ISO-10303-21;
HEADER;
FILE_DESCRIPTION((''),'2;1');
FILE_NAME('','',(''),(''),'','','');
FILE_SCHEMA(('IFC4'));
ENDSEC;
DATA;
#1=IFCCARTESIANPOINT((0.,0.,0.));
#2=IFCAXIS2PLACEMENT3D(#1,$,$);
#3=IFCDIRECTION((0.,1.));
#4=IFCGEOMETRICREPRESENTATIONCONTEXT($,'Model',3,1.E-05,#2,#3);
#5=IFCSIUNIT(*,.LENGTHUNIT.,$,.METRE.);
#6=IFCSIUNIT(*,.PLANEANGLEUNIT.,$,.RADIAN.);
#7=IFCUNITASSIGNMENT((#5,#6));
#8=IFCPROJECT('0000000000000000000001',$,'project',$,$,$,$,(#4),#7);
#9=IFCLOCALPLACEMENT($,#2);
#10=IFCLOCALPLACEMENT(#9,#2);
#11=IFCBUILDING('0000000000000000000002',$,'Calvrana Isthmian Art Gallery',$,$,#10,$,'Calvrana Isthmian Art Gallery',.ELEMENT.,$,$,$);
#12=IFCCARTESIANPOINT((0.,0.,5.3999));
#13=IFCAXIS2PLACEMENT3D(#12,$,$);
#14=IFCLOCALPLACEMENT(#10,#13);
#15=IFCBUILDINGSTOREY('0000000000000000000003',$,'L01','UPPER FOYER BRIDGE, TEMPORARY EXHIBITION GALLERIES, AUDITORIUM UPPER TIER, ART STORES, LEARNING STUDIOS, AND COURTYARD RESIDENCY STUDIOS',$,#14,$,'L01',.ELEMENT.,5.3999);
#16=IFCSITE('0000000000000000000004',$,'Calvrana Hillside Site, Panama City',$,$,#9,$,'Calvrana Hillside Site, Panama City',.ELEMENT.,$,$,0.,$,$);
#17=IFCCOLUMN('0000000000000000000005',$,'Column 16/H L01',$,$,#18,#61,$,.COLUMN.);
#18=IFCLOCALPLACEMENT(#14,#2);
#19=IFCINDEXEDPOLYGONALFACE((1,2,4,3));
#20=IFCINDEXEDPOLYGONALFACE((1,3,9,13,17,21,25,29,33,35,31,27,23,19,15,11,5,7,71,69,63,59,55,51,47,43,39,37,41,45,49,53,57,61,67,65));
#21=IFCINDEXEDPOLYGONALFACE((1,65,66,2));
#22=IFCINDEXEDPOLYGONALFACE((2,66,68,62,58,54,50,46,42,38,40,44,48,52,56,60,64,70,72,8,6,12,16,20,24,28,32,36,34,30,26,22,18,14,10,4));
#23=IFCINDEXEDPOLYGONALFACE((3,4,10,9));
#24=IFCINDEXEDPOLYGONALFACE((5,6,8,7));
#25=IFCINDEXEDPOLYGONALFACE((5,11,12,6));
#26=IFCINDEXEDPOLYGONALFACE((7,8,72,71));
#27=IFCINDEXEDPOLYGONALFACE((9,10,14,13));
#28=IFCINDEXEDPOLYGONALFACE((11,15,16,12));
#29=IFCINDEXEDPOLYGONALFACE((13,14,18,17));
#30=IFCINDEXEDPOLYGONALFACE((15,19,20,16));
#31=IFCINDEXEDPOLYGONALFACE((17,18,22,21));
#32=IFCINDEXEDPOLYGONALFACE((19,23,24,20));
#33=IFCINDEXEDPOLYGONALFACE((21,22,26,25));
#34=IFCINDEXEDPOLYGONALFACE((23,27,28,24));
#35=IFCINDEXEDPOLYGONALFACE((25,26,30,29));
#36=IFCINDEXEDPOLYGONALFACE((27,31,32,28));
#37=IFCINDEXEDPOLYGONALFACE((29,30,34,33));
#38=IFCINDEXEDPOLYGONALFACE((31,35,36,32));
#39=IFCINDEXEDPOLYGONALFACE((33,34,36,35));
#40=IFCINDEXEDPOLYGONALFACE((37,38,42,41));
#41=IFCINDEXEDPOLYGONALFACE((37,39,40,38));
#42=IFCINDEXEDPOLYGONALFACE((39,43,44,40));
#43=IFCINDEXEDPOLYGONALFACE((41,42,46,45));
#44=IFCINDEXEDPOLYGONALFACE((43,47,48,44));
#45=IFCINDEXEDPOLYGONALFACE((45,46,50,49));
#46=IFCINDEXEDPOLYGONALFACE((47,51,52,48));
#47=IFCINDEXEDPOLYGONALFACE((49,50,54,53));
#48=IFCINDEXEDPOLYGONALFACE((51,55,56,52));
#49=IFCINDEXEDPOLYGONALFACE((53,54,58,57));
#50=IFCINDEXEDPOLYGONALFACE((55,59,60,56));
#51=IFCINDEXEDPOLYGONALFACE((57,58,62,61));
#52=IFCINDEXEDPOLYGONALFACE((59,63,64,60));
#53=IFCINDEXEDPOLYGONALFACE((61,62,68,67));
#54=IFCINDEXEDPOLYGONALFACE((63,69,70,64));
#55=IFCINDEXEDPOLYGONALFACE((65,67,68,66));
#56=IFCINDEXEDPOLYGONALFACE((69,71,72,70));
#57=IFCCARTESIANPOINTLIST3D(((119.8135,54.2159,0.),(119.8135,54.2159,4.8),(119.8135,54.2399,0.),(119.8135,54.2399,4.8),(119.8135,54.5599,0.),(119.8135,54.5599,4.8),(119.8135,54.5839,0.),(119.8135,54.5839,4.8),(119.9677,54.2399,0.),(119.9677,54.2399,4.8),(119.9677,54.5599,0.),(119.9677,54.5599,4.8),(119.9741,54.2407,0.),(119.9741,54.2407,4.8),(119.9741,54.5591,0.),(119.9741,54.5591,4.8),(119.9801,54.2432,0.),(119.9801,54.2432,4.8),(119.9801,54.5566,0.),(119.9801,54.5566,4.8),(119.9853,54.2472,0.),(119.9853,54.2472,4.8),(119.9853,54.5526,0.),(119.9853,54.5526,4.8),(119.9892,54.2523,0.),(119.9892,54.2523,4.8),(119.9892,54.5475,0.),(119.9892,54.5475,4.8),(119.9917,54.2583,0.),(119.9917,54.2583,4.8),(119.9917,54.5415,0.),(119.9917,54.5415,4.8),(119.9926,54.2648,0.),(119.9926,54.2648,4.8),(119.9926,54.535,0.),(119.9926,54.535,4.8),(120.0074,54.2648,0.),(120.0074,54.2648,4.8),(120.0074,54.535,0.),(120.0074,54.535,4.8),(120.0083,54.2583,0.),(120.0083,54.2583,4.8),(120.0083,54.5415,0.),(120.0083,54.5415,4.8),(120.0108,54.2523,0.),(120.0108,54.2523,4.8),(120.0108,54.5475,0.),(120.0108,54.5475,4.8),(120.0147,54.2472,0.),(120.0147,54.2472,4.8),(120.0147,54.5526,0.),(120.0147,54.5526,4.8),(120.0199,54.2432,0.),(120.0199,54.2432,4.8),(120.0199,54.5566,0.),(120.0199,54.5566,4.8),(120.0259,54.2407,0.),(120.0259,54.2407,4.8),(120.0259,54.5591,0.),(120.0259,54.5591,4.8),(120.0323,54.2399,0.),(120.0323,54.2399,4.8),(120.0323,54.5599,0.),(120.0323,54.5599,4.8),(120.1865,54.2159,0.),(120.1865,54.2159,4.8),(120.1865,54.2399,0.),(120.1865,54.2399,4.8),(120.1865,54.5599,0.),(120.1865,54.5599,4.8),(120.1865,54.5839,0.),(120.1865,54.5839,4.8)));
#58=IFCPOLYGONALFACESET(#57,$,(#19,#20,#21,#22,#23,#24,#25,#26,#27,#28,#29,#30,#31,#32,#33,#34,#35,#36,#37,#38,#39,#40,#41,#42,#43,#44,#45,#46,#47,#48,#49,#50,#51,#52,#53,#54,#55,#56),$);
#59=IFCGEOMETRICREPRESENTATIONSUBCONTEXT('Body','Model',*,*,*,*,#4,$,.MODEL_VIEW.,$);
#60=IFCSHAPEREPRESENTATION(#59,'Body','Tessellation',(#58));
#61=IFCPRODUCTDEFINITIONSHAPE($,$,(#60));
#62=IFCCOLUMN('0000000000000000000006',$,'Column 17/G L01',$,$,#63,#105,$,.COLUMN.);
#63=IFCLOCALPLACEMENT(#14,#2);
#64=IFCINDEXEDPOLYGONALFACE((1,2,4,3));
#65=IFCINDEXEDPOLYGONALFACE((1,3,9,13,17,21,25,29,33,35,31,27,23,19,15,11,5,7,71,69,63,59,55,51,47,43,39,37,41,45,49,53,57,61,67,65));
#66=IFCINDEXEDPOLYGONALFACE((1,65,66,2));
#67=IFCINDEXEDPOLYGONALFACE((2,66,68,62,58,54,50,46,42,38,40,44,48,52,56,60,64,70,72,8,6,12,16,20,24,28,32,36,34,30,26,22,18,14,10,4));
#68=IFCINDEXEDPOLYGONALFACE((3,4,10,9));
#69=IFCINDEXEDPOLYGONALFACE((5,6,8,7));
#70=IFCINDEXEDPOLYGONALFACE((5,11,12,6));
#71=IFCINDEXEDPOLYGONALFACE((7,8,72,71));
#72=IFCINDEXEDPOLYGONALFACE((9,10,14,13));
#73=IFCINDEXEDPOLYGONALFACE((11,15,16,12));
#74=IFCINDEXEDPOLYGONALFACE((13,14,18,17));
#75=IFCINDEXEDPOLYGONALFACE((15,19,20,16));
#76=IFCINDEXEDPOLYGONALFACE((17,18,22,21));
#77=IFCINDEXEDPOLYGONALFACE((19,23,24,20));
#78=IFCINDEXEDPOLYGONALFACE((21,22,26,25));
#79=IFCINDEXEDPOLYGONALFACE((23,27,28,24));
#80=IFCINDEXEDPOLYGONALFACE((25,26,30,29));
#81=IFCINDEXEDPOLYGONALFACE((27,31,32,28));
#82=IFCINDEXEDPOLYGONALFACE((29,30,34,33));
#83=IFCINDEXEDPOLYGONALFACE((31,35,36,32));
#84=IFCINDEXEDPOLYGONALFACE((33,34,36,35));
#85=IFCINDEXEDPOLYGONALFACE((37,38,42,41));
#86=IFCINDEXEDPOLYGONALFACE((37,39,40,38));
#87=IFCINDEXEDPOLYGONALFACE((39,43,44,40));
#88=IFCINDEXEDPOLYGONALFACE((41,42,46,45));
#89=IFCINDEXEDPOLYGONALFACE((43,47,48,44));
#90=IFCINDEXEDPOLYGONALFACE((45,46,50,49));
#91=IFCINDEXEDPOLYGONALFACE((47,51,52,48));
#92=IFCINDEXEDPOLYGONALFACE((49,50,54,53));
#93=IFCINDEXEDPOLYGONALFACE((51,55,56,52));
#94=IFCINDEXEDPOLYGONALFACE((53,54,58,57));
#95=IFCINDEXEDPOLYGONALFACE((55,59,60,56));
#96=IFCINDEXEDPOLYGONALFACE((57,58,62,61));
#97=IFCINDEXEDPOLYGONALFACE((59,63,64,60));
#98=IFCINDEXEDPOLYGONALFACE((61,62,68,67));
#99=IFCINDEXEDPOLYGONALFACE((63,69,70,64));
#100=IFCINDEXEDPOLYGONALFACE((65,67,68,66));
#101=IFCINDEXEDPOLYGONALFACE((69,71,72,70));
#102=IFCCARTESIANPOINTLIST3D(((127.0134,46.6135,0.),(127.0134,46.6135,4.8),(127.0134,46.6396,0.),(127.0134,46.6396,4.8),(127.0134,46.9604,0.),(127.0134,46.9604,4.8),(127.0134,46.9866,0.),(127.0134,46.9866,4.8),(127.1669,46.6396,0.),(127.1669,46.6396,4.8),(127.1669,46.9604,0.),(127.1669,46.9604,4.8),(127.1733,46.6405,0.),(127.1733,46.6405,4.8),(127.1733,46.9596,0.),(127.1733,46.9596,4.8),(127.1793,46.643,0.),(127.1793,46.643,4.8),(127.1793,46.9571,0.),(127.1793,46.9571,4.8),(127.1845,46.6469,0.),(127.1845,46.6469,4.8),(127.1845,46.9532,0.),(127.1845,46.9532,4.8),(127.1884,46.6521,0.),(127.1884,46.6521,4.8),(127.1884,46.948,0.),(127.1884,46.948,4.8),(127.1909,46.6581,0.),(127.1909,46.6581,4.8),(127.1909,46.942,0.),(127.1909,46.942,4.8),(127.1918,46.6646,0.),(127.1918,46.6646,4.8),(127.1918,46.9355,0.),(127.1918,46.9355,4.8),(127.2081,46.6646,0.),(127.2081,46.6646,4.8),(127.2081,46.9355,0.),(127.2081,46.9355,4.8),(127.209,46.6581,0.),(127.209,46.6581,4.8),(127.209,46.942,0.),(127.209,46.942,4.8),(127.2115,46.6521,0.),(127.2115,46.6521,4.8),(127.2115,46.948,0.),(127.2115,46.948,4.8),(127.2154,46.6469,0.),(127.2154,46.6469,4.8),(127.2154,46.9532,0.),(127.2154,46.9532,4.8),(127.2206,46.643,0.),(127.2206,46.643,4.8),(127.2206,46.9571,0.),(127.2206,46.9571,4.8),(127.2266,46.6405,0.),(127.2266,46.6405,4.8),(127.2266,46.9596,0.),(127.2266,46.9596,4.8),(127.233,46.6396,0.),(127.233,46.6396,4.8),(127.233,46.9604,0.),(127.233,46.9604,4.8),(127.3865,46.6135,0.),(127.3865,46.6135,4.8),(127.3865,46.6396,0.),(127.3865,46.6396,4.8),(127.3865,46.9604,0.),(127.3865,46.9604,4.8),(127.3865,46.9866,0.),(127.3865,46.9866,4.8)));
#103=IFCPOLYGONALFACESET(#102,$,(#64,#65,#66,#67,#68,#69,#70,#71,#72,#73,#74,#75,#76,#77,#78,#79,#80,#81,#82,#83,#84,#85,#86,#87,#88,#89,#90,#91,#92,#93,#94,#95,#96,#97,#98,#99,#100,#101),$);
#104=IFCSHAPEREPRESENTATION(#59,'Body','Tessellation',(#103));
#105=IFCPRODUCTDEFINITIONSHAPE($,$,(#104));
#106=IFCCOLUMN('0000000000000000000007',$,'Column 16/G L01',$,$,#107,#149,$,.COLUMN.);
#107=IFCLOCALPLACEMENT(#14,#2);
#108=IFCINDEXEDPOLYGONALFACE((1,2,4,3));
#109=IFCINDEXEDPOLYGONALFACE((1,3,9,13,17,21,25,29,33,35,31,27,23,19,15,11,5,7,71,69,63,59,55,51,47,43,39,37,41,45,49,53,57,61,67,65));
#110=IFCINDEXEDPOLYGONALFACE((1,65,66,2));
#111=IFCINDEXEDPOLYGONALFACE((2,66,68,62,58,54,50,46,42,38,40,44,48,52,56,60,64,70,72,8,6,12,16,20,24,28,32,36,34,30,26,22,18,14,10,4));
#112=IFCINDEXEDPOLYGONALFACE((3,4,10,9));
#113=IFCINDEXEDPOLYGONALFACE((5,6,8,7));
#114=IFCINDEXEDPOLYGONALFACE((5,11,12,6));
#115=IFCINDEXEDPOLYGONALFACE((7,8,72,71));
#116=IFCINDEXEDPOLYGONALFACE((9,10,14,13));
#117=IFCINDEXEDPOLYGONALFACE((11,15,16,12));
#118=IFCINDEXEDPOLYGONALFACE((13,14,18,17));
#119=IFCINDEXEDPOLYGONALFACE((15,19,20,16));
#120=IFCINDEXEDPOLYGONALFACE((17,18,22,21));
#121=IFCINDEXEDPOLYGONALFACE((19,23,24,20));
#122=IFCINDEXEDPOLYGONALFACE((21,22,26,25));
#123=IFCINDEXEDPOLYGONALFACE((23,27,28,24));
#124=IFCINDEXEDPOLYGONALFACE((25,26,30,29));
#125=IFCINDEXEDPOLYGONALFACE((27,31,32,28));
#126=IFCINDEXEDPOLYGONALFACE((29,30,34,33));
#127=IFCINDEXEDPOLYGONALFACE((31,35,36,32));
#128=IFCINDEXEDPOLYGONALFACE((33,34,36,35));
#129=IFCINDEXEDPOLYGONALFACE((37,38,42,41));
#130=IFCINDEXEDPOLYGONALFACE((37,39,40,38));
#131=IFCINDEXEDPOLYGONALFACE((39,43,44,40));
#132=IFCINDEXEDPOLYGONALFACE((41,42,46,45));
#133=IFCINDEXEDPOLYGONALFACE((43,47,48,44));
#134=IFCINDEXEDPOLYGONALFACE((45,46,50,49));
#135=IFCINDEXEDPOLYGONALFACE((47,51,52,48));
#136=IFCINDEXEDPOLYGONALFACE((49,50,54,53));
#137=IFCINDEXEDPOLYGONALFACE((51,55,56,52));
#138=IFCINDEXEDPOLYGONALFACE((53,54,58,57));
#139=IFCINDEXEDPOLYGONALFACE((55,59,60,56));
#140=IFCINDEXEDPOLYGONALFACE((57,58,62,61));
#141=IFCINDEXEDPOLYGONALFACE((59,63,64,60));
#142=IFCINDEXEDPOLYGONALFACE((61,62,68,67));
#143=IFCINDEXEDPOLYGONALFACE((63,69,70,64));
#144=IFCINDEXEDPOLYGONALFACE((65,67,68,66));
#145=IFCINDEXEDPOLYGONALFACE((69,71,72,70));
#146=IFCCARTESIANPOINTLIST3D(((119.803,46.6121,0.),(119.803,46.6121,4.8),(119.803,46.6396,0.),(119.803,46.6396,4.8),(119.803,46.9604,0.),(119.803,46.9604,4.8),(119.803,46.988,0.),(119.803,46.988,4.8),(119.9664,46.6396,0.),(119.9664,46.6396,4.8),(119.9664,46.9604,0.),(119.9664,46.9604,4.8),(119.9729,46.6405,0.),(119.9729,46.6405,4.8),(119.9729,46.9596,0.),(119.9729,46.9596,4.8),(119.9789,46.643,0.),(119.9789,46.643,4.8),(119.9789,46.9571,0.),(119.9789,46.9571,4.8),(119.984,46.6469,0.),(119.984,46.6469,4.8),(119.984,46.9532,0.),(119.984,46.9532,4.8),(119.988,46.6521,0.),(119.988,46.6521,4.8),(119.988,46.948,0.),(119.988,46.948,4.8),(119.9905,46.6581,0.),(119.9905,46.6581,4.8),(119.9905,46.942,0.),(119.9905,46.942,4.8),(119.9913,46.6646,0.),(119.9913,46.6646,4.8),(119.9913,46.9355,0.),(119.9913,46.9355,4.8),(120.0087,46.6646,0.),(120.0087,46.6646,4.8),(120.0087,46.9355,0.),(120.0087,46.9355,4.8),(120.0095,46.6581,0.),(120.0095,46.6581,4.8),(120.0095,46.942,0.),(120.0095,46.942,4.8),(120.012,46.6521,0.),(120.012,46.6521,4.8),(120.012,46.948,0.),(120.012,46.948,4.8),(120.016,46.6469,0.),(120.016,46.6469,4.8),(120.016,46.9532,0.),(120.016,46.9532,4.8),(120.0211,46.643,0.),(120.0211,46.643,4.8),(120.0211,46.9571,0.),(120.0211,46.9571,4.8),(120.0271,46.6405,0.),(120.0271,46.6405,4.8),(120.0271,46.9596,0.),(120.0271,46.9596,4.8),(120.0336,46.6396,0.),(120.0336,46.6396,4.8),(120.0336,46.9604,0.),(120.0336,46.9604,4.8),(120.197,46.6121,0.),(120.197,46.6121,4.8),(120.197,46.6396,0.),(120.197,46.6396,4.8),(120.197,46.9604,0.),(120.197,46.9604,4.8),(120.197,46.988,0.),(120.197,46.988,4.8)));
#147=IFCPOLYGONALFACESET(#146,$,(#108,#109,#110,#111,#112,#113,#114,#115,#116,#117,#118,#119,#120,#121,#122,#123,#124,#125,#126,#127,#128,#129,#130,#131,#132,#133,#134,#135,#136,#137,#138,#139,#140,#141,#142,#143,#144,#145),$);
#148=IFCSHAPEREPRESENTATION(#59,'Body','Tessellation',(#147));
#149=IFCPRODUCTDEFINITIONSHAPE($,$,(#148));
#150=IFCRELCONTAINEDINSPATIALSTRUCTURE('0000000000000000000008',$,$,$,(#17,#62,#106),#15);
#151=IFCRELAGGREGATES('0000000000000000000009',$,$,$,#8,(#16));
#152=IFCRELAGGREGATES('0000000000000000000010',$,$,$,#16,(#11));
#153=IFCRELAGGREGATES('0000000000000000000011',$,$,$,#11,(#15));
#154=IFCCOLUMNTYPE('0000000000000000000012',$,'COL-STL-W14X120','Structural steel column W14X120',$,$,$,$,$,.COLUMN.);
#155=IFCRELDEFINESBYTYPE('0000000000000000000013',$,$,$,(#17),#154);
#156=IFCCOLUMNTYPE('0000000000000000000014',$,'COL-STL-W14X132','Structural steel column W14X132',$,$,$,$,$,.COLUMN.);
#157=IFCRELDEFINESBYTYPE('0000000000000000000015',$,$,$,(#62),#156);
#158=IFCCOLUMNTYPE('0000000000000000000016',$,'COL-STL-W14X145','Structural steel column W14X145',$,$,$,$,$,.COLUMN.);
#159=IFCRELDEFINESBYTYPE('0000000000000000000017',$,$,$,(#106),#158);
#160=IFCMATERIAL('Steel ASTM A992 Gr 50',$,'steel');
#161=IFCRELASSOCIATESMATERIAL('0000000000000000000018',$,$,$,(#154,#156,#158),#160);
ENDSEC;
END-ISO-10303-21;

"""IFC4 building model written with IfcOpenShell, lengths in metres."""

from ifc_helpers import new_model, si_unit, direction, frame, origin, origin_2d, place, context, subcontext, project, spatial, i_section, extrude, material, material_profile, profile_set, type_object, element, save


model = new_model("IFC4")

# Units and contexts
model_context = context("Model", 3, precision=1e-05, world=origin(), true_north=direction((0.0, 1.0)))
body_context = subcontext(model_context, "Body", "Model", "MODEL_VIEW")
ifc_project = project(units=[si_unit("LENGTHUNIT", "METRE"), si_unit("PLANEANGLEUNIT", "RADIAN")], contexts=[model_context])

# Site, building, storey
site_placement = place(None, origin())
site = spatial("IfcSite", under=ifc_project, at=site_placement, Name="Calvrana Hillside Site, Panama City", LongName="Calvrana Hillside Site, Panama City", CompositionType="ELEMENT", RefElevation=0.0)
building_placement = place(site_placement, origin())
building = spatial("IfcBuilding", under=site, at=building_placement, Name="Calvrana Isthmian Art Gallery", LongName="Calvrana Isthmian Art Gallery", CompositionType="ELEMENT")
storey_placement = place(building_placement, frame((0.0, 0.0, 5.3999)))
storey = spatial("IfcBuildingStorey", under=building, at=storey_placement, Name="L01", Description="UPPER FOYER BRIDGE, TEMPORARY EXHIBITION GALLERIES, AUDITORIUM UPPER TIER, ART STORES, LEARNING STUDIOS, AND COURTYARD RESIDENCY STUDIOS", LongName="L01", CompositionType="ELEMENT", Elevation=5.3999)

# Columns
ifc_material_1 = material(Name="Steel ASTM A992 Gr 50", Category="steel")
ifc_material_profile_1 = material_profile(ifc_material_1, i_section(OverallWidth=0.373, OverallDepth=0.3679, WebThickness=0.0149, FlangeThickness=0.0239, FilletRadius=0.0249, at=origin_2d()), Name="W14X120")
ifc_profile_set_1 = profile_set([ifc_material_profile_1], Name="Steel ASTM A992 Gr 50")
column_type_1 = type_object("IfcColumnType", Name="COL-STL-W14X120", Description="Structural steel column W14X120", PredefinedType="COLUMN", material=ifc_profile_set_1)
column_1_placement = place(storey_placement, frame((120.0, 54.3999, 0.0), z_axis=(0.0, 0.0, 1.0), x_axis=(1.0, 0.0, 0.0)))
element("IfcColumn", 1, at=column_1_placement, inside=storey, type_object=column_type_1, Name="Column 16/H L01", PredefinedType="COLUMN", context=body_context, shape_type="SweptSolid", body=[
    extrude(i_section(OverallWidth=0.373, OverallDepth=0.3679, WebThickness=0.0149, FlangeThickness=0.0239, FilletRadius=0.0249, at=origin_2d()), origin(), (0.0, 0.0, 1.0), 4.8),
])
ifc_material_profile_2 = material_profile(ifc_material_1, i_section(OverallWidth=0.373, OverallDepth=0.373, WebThickness=0.0164, FlangeThickness=0.0261, FilletRadius=0.0249, at=origin_2d()), Name="W14X132")
ifc_profile_set_2 = profile_set([ifc_material_profile_2], Name="Steel ASTM A992 Gr 50")
column_type_2 = type_object("IfcColumnType", Name="COL-STL-W14X132", Description="Structural steel column W14X132", PredefinedType="COLUMN", material=ifc_profile_set_2)
column_2_placement = place(storey_placement, frame((127.2, 46.8, 0.0), z_axis=(0.0, 0.0, 1.0), x_axis=(1.0, 0.0, 0.0)))
element("IfcColumn", 2, at=column_2_placement, inside=storey, type_object=column_type_2, Name="Column 17/G L01", PredefinedType="COLUMN", context=body_context, shape_type="SweptSolid", body=[
    extrude(i_section(OverallWidth=0.373, OverallDepth=0.373, WebThickness=0.0164, FlangeThickness=0.0261, FilletRadius=0.0249, at=origin_2d()), origin(), (0.0, 0.0, 1.0), 4.8),
])
ifc_material_profile_3 = material_profile(ifc_material_1, i_section(OverallWidth=0.394, OverallDepth=0.376, WebThickness=0.0173, FlangeThickness=0.0276, FilletRadius=0.0249, at=origin_2d()), Name="W14X145")
ifc_profile_set_3 = profile_set([ifc_material_profile_3], Name="Steel ASTM A992 Gr 50")
column_type_3 = type_object("IfcColumnType", Name="COL-STL-W14X145", Description="Structural steel column W14X145", PredefinedType="COLUMN", material=ifc_profile_set_3)
column_3_placement = place(storey_placement, frame((120.0, 46.8, 0.0), z_axis=(0.0, 0.0, 1.0), x_axis=(1.0, 0.0, 0.0)))
element("IfcColumn", 3, at=column_3_placement, inside=storey, type_object=column_type_3, Name="Column 16/G L01", PredefinedType="COLUMN", context=body_context, shape_type="SweptSolid", body=[
    extrude(i_section(OverallWidth=0.394, OverallDepth=0.376, WebThickness=0.0173, FlangeThickness=0.0276, FilletRadius=0.0249, at=origin_2d()), origin(), (0.0, 0.0, 1.0), 4.8),
])

save(model, "model.ifc")
